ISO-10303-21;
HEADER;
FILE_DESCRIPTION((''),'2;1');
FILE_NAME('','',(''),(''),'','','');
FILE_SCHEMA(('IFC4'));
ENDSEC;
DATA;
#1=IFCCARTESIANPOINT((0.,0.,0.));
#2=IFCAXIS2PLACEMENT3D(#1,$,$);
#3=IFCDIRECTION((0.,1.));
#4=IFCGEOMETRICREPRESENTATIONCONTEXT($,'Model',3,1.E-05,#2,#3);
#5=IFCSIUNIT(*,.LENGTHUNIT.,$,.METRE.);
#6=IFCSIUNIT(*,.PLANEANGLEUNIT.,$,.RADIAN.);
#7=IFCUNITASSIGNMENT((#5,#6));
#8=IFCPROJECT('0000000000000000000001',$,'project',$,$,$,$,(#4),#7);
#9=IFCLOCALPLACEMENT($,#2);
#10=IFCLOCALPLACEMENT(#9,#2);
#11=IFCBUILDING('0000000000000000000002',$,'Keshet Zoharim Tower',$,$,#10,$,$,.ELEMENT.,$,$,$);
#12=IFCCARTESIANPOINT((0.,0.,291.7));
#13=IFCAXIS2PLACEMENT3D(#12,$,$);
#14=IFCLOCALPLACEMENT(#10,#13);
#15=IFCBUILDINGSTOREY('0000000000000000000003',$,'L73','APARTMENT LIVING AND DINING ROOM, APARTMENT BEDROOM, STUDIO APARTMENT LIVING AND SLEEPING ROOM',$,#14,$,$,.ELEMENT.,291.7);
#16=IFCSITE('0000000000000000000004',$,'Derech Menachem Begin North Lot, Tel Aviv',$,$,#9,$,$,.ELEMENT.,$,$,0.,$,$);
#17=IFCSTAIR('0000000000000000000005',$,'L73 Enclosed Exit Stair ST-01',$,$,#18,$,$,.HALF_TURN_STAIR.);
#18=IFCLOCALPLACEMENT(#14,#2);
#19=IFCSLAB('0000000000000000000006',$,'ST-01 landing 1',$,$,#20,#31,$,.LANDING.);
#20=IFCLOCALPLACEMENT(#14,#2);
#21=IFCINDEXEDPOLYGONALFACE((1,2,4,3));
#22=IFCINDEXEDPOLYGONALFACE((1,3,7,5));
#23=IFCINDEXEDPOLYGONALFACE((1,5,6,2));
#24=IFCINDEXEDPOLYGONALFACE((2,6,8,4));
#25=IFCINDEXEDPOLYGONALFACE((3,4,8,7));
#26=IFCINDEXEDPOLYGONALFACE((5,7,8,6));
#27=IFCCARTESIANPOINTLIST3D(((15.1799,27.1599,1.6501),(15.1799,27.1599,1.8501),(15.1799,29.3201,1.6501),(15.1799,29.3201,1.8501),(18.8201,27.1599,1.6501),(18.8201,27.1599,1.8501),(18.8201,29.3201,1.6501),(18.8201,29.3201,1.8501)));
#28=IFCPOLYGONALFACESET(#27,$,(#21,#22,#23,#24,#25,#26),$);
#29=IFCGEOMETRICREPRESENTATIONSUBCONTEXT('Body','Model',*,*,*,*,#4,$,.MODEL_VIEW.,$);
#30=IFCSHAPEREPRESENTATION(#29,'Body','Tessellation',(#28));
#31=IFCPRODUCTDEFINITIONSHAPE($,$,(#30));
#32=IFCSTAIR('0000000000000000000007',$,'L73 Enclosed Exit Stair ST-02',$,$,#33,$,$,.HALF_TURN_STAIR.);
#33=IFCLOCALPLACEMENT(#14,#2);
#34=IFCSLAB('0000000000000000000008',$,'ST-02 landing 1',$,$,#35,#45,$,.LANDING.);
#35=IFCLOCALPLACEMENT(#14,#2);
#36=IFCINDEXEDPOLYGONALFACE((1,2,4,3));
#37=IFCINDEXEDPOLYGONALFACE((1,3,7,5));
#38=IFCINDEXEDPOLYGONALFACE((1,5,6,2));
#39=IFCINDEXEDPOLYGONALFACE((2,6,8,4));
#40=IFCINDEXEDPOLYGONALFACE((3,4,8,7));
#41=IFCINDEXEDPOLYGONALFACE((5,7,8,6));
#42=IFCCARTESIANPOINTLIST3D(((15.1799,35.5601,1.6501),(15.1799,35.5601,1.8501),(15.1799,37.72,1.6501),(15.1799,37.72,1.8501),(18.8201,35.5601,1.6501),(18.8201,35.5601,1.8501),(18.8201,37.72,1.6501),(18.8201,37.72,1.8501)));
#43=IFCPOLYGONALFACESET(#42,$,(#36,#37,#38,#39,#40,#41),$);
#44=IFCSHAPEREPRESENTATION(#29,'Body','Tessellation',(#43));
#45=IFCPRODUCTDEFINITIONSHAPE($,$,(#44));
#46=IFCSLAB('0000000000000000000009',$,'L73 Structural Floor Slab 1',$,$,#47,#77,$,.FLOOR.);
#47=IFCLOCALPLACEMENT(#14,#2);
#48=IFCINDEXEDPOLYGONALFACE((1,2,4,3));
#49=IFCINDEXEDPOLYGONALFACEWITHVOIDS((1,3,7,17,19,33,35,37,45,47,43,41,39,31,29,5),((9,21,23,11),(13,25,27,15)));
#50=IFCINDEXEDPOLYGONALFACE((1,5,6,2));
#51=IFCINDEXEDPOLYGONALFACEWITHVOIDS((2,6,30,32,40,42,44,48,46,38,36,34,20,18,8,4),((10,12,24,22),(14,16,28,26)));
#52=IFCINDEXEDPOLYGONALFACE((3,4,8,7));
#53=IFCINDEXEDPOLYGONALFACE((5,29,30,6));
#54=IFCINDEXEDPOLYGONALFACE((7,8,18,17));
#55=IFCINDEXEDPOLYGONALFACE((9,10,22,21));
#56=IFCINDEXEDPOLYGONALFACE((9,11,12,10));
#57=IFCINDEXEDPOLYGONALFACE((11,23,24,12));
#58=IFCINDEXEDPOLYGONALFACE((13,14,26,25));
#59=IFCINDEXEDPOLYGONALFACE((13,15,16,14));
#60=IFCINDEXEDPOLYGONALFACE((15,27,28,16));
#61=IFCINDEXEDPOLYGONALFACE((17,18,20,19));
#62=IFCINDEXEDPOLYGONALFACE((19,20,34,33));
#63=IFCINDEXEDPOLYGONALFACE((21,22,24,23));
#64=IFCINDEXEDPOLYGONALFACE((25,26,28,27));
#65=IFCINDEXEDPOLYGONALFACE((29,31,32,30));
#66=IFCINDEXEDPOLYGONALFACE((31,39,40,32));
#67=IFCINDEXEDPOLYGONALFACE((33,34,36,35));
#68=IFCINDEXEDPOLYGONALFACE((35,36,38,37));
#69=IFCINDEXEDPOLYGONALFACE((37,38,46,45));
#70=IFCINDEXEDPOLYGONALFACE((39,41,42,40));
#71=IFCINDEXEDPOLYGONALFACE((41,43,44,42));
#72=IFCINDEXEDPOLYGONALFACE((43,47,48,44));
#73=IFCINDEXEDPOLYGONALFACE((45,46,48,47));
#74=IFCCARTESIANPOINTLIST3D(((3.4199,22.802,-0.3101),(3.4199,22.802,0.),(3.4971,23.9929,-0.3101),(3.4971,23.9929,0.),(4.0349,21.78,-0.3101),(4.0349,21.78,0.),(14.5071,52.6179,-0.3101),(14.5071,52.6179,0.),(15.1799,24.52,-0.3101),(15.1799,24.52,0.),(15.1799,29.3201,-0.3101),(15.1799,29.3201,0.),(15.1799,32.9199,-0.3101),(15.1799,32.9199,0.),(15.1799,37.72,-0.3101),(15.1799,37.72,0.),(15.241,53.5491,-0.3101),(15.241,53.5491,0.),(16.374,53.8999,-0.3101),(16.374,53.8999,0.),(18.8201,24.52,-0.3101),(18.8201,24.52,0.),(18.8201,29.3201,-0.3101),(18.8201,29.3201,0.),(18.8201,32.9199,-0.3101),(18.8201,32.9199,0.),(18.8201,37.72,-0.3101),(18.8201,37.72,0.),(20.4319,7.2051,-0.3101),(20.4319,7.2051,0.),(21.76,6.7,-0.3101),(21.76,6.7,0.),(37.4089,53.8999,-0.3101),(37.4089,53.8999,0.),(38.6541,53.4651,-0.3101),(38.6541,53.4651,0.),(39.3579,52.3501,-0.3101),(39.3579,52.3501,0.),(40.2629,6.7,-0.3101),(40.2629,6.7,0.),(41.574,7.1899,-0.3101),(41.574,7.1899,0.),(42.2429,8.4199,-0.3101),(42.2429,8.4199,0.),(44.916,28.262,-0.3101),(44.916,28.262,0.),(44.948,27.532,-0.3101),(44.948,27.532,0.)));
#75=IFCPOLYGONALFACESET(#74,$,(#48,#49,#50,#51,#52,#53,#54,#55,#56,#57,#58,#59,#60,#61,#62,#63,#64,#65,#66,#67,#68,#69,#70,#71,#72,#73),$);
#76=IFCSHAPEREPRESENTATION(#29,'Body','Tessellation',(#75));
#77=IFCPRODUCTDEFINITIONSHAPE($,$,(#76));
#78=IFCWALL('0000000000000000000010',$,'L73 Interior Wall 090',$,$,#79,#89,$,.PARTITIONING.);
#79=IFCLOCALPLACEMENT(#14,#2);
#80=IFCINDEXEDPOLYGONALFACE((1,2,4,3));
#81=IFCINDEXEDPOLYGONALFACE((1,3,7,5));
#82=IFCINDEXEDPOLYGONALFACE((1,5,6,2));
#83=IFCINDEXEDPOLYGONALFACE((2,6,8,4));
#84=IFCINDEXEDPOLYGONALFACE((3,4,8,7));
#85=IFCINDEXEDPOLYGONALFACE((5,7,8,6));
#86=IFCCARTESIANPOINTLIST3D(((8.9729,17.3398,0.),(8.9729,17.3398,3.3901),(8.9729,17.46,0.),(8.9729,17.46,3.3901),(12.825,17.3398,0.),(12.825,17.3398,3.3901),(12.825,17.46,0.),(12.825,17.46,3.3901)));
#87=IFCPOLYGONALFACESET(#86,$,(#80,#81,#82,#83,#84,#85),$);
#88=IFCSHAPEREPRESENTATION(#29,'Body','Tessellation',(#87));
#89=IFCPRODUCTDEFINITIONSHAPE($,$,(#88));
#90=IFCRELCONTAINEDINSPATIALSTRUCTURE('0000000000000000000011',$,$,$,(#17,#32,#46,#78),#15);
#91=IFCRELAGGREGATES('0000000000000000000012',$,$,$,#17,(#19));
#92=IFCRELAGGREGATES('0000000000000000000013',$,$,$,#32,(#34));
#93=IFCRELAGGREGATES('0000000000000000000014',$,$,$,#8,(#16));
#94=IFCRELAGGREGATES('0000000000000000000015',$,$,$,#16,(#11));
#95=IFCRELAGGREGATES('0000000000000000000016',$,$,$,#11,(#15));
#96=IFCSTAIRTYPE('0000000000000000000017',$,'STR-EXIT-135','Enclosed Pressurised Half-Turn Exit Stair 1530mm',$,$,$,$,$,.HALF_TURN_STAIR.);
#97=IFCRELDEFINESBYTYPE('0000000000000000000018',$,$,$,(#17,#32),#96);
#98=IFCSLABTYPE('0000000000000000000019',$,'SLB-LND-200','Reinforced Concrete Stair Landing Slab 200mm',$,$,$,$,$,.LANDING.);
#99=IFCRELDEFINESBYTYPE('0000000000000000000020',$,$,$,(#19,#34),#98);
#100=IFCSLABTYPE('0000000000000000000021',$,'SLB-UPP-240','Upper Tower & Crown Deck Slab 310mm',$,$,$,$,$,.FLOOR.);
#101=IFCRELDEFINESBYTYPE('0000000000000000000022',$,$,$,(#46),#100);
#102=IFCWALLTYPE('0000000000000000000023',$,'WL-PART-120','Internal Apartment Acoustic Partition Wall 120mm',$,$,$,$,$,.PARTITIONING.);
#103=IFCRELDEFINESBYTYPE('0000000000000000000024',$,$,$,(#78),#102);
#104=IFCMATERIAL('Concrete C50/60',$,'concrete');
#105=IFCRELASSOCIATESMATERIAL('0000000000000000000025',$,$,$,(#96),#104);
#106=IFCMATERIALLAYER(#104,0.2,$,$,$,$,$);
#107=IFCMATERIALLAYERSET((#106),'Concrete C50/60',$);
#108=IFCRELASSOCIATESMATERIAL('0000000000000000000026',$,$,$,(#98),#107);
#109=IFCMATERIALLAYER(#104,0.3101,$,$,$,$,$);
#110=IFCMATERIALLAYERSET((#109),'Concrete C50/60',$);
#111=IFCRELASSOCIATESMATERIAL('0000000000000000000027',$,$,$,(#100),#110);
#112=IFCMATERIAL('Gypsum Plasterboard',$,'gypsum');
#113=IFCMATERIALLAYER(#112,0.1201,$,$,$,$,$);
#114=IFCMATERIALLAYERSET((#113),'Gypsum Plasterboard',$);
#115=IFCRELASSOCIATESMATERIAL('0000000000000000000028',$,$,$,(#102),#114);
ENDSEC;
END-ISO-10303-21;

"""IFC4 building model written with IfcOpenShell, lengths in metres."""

from ifc_helpers import new_model, si_unit, direction, frame, frame_2d, origin, place, context, subcontext, project, spatial, polyline, rectangle, outline, extrude, material, layer, layer_set, type_object, element, aggregate, save


model = new_model("IFC4")

# Units and contexts
model_context = context("Model", 3, precision=1e-05, world=origin(), true_north=direction((0.0, 1.0)))
body_context = subcontext(model_context, "Body", "Model", "MODEL_VIEW")
ifc_project = project(units=[si_unit("LENGTHUNIT", "METRE"), si_unit("PLANEANGLEUNIT", "RADIAN")], contexts=[model_context])

# Site, building, storey
site_placement = place(None, origin())
site = spatial("IfcSite", under=ifc_project, at=site_placement, Name="Derech Menachem Begin North Lot, Tel Aviv", CompositionType="ELEMENT", RefElevation=0.0)
building_placement = place(site_placement, origin())
building = spatial("IfcBuilding", under=site, at=building_placement, Name="Keshet Zoharim Tower", CompositionType="ELEMENT")
storey_placement = place(building_placement, frame((0.0, 0.0, 291.7)))
storey = spatial("IfcBuildingStorey", under=building, at=storey_placement, Name="L73", Description="APARTMENT LIVING AND DINING ROOM, APARTMENT BEDROOM, STUDIO APARTMENT LIVING AND SLEEPING ROOM", CompositionType="ELEMENT", Elevation=291.7)

# Shared definitions
ifc_material_1 = material(Name="Concrete C50/60", Category="concrete")

# Stairs, slabs
stair_type = type_object("IfcStairType", Name="STR-EXIT-135", Description="Enclosed Pressurised Half-Turn Exit Stair 1530mm", PredefinedType="HALF_TURN_STAIR", material=ifc_material_1)
stair_1_placement = place(storey_placement, origin())
stair_1 = element("IfcStair", 1, at=stair_1_placement, inside=storey, type_object=stair_type, Name="L73 Enclosed Exit Stair ST-01", PredefinedType="HALF_TURN_STAIR")
ifc_layer_1 = layer(ifc_material_1, 0.2)
ifc_layer_set_1 = layer_set([ifc_layer_1], Name="Concrete C50/60")
slab_type_1 = type_object("IfcSlabType", Name="SLB-LND-200", Description="Reinforced Concrete Stair Landing Slab 200mm", PredefinedType="LANDING", material=ifc_layer_set_1)
slab_1_placement = place(storey_placement, frame((0.0, 0.0, 1.6501)))
slab_1 = element("IfcSlab", 2, at=slab_1_placement, type_object=slab_type_1, Name="ST-01 landing 1", PredefinedType="LANDING", context=body_context, shape_type="SweptSolid", body=[
    extrude(outline(polyline([(15.1799, 27.1599), (18.8201, 27.1599), (18.8201, 29.3201), (15.1799, 29.3201), (15.1799, 27.1599)])), origin(), (0.0, 0.0, 1.0), 0.2),
])
aggregate(stair_1, [slab_1])
stair_2_placement = place(storey_placement, origin())
stair_2 = element("IfcStair", 3, at=stair_2_placement, inside=storey, type_object=stair_type, Name="L73 Enclosed Exit Stair ST-02", PredefinedType="HALF_TURN_STAIR")
slab_2_placement = place(storey_placement, frame((0.0, 0.0, 1.6501)))
slab_2 = element("IfcSlab", 4, at=slab_2_placement, type_object=slab_type_1, Name="ST-02 landing 1", PredefinedType="LANDING", context=body_context, shape_type="SweptSolid", body=[
    extrude(outline(polyline([(15.1799, 35.5601), (18.8201, 35.5601), (18.8201, 37.72), (15.1799, 37.72), (15.1799, 35.5601)])), origin(), (0.0, 0.0, 1.0), 0.2),
])
aggregate(stair_2, [slab_2])

# Slab
ifc_layer_2 = layer(ifc_material_1, 0.3101)
ifc_layer_set_2 = layer_set([ifc_layer_2], Name="Concrete C50/60")
slab_type_2 = type_object("IfcSlabType", Name="SLB-UPP-240", Description="Upper Tower & Crown Deck Slab 310mm", PredefinedType="FLOOR", material=ifc_layer_set_2)
slab_3_placement = place(storey_placement, frame((0.0, 0.0, -0.3101)))
element("IfcSlab", 5, at=slab_3_placement, inside=storey, type_object=slab_type_2, Name="L73 Structural Floor Slab 1", PredefinedType="FLOOR", context=body_context, shape_type="SweptSolid", body=[
    extrude(outline(polyline([(4.0349, 21.78), (3.4199, 22.802), (3.4971, 23.9929), (14.5071, 52.6179), (15.241, 53.5491), (16.374, 53.8999), (37.4089, 53.8999), (38.6541, 53.4651), (39.3579, 52.3501), (44.916, 28.262), (44.948, 27.532), (42.2429, 8.4199), (41.574, 7.1899), (40.2629, 6.7), (21.76, 6.7), (20.4319, 7.2051), (4.0349, 21.78)]), holes=[polyline([(15.1799, 24.52), (18.8201, 24.52), (18.8201, 29.3201), (15.1799, 29.3201), (15.1799, 24.52)]), polyline([(15.1799, 32.9199), (18.8201, 32.9199), (18.8201, 37.72), (15.1799, 37.72), (15.1799, 32.9199)])]), origin(), (0.0, 0.0, 1.0), 0.3101),
])

# Shared definitions
ifc_material_2 = material(Name="Gypsum Plasterboard", Category="gypsum")

# Wall
ifc_layer_3 = layer(ifc_material_2, 0.1201)
ifc_layer_set_3 = layer_set([ifc_layer_3], Name="Gypsum Plasterboard")
wall_type_1 = type_object("IfcWallType", Name="WL-PART-120", Description="Internal Apartment Acoustic Partition Wall 120mm", PredefinedType="PARTITIONING", material=ifc_layer_set_3)
wall_1_placement = place(storey_placement, frame((8.9729, 17.3999, 0.0), z_axis=(0.0, 0.0, 1.0), x_axis=(1.0, 0.0, 0.0)))
element("IfcWall", 6, at=wall_1_placement, inside=storey, type_object=wall_type_1, Name="L73 Interior Wall 090", PredefinedType="PARTITIONING", context=body_context, shape_type="SweptSolid", body=[
    extrude(rectangle(XDim=3.8521, YDim=0.1201, at=frame_2d((1.926, 0.0))), origin(), (0.0, 0.0, 1.0), 3.3901),
])

save(model, "model.ifc")
